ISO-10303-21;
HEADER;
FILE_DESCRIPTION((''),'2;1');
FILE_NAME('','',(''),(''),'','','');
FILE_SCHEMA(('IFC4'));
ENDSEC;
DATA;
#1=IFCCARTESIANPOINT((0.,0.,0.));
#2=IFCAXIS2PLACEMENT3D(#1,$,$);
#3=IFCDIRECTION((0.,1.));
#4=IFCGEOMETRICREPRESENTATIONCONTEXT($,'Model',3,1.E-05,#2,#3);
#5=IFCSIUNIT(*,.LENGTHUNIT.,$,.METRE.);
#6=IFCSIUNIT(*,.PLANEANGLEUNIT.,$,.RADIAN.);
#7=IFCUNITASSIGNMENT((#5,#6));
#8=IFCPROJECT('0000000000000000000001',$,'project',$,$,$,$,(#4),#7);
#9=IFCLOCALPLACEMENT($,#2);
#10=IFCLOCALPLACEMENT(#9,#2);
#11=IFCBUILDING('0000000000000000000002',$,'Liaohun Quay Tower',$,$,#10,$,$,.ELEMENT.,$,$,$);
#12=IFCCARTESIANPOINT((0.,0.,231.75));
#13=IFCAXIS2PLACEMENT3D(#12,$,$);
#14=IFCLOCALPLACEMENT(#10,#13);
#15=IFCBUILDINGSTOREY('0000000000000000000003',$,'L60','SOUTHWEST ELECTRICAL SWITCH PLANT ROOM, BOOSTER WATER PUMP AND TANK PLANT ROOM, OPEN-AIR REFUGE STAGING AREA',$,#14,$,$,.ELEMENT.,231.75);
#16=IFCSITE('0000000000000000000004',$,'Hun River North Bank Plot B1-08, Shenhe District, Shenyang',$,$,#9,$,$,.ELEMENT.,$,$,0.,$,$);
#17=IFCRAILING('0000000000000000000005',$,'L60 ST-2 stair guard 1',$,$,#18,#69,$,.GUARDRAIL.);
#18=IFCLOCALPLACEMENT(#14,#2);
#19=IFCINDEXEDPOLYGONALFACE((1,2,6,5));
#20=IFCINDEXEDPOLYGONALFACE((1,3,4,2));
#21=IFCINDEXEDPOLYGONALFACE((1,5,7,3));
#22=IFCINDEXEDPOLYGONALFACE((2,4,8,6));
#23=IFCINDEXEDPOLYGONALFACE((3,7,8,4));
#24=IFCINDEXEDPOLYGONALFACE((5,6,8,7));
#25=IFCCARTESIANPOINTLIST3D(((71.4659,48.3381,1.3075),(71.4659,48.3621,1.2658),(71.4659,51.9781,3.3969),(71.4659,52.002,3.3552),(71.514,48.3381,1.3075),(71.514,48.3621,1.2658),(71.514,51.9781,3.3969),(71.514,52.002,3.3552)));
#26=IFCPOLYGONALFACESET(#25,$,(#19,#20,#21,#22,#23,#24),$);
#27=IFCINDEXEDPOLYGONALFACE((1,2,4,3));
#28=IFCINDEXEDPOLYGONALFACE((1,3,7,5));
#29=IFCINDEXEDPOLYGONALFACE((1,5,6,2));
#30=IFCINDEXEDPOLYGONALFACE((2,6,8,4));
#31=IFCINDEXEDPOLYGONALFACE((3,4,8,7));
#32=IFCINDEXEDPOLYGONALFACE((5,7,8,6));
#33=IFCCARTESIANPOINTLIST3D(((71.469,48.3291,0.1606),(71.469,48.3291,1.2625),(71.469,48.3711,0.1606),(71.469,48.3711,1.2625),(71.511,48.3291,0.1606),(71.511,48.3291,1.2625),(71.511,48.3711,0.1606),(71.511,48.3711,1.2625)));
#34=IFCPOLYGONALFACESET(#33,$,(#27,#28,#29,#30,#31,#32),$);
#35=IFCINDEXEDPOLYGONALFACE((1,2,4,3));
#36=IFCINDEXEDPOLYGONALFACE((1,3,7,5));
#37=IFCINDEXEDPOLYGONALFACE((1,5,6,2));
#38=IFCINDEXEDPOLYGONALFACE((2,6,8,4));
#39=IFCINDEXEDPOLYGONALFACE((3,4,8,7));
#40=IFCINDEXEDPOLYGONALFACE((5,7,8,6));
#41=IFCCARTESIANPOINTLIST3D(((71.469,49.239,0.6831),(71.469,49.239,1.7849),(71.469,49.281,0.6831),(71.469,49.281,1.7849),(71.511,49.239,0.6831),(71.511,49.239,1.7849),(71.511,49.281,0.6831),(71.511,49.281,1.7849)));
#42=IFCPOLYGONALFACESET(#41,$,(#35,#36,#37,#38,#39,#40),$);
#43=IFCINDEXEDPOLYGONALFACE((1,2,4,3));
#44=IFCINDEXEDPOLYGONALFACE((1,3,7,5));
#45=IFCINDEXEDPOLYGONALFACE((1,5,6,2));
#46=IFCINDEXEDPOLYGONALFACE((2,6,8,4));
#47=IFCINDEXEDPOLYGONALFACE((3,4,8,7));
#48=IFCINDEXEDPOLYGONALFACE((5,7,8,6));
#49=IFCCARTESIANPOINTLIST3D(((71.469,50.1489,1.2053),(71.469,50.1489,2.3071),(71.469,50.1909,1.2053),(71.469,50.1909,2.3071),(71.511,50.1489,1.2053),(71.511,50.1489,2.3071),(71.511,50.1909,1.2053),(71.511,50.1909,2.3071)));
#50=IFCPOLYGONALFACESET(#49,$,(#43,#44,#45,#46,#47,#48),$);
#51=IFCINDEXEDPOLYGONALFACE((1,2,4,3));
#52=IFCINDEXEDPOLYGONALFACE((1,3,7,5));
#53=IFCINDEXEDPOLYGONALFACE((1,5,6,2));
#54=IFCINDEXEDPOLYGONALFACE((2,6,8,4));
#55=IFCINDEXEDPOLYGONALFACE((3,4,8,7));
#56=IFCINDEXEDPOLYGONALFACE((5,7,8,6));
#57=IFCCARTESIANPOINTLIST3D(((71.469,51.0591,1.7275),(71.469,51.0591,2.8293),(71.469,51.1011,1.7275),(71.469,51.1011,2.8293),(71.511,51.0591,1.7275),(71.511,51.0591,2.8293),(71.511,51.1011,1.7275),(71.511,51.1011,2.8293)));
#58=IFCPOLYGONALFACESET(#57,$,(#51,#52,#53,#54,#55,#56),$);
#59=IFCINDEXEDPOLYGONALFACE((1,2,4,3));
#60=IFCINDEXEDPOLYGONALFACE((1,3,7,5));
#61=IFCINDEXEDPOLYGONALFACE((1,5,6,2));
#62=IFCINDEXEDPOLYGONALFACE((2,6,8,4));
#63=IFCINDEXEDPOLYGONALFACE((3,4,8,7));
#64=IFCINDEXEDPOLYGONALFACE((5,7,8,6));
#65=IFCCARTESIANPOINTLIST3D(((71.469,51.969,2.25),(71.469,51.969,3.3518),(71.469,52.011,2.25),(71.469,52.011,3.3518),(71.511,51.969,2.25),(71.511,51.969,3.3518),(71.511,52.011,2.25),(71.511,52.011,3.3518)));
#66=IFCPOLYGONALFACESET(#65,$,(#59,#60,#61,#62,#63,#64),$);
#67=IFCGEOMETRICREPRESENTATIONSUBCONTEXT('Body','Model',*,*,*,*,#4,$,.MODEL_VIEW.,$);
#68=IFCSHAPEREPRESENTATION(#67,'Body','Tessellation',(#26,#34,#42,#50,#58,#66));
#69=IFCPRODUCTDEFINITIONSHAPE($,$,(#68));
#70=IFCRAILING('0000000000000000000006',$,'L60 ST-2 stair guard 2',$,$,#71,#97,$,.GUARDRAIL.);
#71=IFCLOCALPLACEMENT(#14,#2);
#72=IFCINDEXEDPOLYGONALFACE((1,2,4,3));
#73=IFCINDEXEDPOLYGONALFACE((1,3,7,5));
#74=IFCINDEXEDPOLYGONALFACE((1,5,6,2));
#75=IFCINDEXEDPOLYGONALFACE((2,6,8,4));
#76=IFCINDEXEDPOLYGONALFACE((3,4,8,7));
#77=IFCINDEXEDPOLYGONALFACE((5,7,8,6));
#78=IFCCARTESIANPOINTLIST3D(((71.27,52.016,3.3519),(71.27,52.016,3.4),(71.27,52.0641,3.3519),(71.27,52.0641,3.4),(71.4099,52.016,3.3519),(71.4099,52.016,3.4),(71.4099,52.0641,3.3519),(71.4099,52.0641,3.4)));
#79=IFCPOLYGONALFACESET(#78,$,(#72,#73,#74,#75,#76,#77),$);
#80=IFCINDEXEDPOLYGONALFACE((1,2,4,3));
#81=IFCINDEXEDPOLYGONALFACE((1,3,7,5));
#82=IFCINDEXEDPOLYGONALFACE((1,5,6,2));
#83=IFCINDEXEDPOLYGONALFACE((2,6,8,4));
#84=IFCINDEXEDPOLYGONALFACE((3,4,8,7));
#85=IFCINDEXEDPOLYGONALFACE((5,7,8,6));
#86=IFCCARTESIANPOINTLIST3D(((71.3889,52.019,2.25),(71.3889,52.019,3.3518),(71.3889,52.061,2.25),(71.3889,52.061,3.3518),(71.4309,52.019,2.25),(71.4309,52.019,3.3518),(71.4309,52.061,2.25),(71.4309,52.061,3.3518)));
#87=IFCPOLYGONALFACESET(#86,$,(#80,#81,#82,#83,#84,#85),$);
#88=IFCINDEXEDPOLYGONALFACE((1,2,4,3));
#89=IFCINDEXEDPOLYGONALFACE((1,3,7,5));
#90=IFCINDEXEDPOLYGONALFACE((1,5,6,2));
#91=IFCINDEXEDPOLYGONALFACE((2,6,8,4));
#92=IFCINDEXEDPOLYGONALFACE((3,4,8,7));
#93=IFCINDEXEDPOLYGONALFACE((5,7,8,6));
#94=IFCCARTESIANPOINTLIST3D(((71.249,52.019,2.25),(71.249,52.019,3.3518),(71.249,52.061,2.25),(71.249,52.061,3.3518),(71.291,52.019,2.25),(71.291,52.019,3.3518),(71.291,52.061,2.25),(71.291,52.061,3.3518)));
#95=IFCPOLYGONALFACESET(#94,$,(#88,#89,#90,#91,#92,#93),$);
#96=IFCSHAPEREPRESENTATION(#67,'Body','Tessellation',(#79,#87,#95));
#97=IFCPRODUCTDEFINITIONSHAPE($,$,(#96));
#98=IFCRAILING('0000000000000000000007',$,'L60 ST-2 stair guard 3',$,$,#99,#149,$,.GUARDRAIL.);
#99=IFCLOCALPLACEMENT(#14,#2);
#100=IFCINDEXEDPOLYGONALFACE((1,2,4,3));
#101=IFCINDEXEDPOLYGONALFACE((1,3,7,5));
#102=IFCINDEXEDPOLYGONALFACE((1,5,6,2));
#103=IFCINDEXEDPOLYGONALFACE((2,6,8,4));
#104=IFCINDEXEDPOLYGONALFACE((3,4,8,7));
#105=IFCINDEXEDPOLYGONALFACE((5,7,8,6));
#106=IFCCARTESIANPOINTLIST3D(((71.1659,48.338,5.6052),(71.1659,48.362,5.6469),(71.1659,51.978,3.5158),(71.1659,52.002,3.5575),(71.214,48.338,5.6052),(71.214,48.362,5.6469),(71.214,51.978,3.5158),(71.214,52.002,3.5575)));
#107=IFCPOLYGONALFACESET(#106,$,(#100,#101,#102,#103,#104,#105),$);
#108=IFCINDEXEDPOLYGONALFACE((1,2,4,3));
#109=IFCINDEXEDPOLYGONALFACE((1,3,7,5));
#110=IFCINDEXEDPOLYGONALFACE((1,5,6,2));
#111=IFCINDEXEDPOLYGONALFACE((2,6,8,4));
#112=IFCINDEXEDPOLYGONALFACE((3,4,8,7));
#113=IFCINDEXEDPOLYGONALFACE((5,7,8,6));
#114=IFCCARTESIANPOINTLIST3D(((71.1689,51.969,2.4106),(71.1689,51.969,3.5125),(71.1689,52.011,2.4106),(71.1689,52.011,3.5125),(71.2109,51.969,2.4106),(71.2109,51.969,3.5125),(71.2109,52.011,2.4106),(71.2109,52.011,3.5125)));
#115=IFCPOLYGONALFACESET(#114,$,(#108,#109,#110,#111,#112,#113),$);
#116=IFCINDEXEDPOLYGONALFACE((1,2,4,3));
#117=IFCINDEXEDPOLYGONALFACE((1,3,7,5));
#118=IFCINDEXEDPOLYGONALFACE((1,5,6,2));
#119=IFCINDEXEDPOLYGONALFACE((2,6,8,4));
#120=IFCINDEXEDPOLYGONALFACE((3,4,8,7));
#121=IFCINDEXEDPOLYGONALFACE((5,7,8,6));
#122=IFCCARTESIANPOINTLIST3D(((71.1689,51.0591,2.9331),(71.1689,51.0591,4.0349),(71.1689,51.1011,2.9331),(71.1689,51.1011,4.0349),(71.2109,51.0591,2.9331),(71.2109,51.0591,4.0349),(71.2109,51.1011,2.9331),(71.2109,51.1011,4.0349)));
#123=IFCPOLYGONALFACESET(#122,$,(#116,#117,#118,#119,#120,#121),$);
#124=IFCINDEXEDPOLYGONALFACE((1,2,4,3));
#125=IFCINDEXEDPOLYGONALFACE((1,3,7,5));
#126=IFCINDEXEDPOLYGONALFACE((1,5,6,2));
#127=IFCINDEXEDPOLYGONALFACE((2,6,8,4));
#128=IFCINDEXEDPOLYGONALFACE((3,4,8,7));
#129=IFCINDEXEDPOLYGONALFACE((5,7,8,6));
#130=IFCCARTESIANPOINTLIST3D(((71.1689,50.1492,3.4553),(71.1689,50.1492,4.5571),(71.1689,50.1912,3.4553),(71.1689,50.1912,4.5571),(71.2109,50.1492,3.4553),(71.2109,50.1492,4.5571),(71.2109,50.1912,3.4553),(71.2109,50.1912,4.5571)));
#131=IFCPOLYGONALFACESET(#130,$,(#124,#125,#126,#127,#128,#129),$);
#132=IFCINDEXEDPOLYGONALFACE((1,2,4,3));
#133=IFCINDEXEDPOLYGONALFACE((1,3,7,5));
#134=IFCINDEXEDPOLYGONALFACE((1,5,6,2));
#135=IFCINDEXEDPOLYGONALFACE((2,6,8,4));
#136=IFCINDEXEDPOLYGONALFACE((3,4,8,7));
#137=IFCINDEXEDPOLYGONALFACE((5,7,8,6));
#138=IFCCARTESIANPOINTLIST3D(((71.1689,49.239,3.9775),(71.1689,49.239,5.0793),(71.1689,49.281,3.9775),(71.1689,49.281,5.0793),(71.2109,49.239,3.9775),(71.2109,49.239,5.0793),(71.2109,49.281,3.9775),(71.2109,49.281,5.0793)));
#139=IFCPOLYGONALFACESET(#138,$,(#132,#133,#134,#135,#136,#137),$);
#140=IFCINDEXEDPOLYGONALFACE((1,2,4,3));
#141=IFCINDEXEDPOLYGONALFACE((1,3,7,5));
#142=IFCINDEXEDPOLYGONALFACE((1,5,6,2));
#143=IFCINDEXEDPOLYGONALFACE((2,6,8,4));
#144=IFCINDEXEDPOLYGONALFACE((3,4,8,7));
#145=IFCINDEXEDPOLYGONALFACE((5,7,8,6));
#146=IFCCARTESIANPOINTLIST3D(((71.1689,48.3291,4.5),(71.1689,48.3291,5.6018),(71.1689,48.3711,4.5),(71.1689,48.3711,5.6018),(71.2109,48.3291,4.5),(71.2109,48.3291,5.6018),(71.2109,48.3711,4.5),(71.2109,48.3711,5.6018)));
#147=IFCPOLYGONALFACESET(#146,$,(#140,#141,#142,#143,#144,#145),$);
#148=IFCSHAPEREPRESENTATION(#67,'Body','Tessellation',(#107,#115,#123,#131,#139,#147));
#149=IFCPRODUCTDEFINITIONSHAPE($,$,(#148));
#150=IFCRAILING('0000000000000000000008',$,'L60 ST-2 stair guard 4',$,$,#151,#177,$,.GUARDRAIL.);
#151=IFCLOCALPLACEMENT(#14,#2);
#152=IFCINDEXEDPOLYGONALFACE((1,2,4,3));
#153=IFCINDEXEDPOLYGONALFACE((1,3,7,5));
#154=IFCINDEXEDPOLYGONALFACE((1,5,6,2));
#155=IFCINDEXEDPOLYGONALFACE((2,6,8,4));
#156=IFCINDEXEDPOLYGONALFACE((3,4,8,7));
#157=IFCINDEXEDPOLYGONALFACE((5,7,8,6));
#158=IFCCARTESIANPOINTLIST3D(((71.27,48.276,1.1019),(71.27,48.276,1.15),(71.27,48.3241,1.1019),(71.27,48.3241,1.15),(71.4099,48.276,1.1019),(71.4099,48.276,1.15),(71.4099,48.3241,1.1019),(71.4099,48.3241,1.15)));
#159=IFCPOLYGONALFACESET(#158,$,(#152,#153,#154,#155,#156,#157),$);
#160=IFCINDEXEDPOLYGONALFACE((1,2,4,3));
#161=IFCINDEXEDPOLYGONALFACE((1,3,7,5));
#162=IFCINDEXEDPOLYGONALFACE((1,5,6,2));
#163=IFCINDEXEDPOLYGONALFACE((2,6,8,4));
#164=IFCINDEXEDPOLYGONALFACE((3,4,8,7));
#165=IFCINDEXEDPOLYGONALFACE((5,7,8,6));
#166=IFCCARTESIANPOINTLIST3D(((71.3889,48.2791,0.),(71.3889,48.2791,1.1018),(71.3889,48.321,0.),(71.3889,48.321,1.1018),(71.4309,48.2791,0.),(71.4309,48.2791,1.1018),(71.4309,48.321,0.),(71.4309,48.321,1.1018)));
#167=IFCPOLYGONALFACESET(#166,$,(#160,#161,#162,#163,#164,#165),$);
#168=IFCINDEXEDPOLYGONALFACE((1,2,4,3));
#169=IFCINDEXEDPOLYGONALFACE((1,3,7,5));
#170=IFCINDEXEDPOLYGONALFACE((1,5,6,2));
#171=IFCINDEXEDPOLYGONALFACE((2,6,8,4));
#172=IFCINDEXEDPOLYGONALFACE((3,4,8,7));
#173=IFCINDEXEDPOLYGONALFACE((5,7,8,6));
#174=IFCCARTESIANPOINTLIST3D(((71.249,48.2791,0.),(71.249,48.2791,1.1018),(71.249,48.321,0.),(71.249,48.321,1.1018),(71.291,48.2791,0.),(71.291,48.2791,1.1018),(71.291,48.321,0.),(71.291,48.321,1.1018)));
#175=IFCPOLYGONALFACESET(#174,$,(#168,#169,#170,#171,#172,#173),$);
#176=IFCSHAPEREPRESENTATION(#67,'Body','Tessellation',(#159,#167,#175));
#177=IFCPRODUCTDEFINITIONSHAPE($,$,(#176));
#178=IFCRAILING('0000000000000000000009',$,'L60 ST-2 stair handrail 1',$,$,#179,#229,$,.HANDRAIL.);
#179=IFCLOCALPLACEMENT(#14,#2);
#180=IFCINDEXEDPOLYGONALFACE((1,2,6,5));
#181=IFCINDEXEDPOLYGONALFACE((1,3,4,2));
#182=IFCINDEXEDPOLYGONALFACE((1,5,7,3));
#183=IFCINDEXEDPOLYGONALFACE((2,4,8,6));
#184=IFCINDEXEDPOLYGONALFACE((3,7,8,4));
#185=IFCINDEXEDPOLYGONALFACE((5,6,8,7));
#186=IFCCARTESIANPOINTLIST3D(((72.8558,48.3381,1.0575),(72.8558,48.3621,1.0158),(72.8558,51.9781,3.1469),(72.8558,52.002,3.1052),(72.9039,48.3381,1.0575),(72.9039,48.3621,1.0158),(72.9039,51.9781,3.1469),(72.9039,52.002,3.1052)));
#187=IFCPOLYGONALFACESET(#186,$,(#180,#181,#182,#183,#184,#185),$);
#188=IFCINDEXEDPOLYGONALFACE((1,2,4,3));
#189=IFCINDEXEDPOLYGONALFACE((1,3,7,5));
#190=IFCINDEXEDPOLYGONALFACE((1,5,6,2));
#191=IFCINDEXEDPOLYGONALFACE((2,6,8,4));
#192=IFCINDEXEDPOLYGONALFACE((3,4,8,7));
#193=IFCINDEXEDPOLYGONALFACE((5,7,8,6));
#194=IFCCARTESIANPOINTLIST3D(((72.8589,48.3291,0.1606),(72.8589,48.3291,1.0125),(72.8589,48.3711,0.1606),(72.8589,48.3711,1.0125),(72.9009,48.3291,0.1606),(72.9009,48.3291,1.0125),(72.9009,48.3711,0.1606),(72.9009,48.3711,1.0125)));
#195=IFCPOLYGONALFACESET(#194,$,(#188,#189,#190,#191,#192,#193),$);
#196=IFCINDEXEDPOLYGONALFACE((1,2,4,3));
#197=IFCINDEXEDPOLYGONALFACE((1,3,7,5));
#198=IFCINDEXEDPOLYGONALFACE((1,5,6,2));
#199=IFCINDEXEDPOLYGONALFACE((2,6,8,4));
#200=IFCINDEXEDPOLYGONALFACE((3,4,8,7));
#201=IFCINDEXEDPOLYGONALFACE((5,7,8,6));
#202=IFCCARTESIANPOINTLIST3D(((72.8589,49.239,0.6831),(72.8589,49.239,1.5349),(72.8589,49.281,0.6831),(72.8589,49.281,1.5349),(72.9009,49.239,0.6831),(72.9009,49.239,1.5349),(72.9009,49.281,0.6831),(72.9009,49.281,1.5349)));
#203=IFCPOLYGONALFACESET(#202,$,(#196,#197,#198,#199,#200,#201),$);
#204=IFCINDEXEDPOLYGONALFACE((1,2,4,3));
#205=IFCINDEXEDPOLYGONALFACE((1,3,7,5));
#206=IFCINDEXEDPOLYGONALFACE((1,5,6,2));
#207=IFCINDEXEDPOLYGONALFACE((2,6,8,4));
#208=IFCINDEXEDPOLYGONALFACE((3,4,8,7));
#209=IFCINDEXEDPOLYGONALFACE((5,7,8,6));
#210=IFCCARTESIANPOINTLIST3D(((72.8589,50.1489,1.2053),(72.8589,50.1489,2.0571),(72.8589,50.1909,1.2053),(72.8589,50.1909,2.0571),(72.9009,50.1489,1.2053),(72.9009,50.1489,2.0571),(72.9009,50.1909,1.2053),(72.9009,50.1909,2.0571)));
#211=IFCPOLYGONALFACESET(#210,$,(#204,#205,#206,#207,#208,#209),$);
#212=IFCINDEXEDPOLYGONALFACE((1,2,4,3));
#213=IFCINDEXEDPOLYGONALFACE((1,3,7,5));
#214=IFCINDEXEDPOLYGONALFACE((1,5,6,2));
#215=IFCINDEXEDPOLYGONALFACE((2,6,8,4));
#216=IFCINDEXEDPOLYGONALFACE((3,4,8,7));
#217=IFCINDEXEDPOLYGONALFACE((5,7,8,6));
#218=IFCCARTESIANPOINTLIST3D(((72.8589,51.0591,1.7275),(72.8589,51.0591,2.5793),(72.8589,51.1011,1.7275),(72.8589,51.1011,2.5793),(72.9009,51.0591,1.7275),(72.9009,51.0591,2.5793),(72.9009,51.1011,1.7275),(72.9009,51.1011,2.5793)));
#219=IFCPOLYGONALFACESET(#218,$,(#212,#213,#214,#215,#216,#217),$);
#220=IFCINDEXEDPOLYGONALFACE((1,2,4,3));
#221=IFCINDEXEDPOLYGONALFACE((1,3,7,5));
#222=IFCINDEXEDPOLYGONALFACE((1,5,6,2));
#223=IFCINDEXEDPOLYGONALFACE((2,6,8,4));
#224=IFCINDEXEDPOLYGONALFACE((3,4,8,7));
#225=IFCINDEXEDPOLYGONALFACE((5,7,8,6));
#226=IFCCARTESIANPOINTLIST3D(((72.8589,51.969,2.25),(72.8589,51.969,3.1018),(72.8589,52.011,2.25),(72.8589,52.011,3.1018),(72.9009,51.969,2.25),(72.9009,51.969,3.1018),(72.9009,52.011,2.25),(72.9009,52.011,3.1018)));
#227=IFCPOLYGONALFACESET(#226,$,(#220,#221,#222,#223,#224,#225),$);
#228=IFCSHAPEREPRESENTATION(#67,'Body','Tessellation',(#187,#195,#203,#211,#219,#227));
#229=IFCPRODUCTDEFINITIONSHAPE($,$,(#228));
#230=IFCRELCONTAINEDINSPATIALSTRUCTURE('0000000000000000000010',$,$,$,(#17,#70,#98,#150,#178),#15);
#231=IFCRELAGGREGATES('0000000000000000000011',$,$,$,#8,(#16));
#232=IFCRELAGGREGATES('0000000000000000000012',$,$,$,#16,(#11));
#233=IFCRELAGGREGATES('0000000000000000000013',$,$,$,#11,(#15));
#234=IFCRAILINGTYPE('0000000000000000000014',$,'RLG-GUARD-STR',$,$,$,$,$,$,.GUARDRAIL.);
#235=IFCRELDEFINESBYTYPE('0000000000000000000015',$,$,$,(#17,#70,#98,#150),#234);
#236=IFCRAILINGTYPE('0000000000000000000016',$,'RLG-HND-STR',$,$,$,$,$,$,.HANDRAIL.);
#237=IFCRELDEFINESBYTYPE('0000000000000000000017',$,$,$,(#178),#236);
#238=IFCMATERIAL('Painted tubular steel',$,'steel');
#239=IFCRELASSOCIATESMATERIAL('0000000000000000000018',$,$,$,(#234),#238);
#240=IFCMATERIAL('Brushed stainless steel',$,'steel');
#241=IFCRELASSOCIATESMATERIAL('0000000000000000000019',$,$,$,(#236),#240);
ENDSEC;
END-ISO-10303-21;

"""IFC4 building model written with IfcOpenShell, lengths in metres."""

from ifc_helpers import new_model, si_unit, direction, frame, origin, origin_2d, place, context, subcontext, project, spatial, rectangle, extrude, material, type_object, element, save


model = new_model("IFC4")

# Units and contexts
model_context = context("Model", 3, precision=1e-05, world=origin(), true_north=direction((0.0, 1.0)))
body_context = subcontext(model_context, "Body", "Model", "MODEL_VIEW")
ifc_project = project(units=[si_unit("LENGTHUNIT", "METRE"), si_unit("PLANEANGLEUNIT", "RADIAN")], contexts=[model_context])

# Site, building, storey
site_placement = place(None, origin())
site = spatial("IfcSite", under=ifc_project, at=site_placement, Name="Hun River North Bank Plot B1-08, Shenhe District, Shenyang", CompositionType="ELEMENT", RefElevation=0.0)
building_placement = place(site_placement, origin())
building = spatial("IfcBuilding", under=site, at=building_placement, Name="Liaohun Quay Tower", CompositionType="ELEMENT")
storey_placement = place(building_placement, frame((0.0, 0.0, 231.75)))
storey = spatial("IfcBuildingStorey", under=building, at=storey_placement, Name="L60", Description="SOUTHWEST ELECTRICAL SWITCH PLANT ROOM, BOOSTER WATER PUMP AND TANK PLANT ROOM, OPEN-AIR REFUGE STAGING AREA", CompositionType="ELEMENT", Elevation=231.75)

# Railings
ifc_material_1 = material(Name="Painted tubular steel", Category="steel")
railing_type_1 = type_object("IfcRailingType", Name="RLG-GUARD-STR", PredefinedType="GUARDRAIL", material=ifc_material_1)
railing_1_placement = place(storey_placement, frame((71.49, 48.3501, 0.1606)))
element("IfcRailing", 1, at=railing_1_placement, inside=storey, type_object=railing_type_1, Name="L60 ST-2 stair guard 1", PredefinedType="GUARDRAIL", context=body_context, shape_type="SweptSolid", body=[
    extrude(rectangle(XDim=0.0481, YDim=0.0481, at=origin_2d()), frame((0.0, 0.0, 1.126), z_axis=(0.0, 0.867275, 0.497829), x_axis=(-1.0, 0.0, 0.0)), (0.0, 0.0, 1.0), 4.197),
    extrude(rectangle(XDim=0.042, YDim=0.042, at=origin_2d()), origin(), (0.0, 0.0, 1.0), 1.1018),
    extrude(rectangle(XDim=0.042, YDim=0.042, at=origin_2d()), frame((0.0, 0.9099, 0.5225)), (0.0, 0.0, 1.0), 1.1018),
    extrude(rectangle(XDim=0.042, YDim=0.042, at=origin_2d()), frame((0.0, 1.8198, 1.0447)), (0.0, 0.0, 1.0), 1.1018),
    extrude(rectangle(XDim=0.042, YDim=0.042, at=origin_2d()), frame((0.0, 2.73, 1.5669)), (0.0, 0.0, 1.0), 1.1018),
    extrude(rectangle(XDim=0.042, YDim=0.042, at=origin_2d()), frame((0.0, 3.6399, 2.0894)), (0.0, 0.0, 1.0), 1.1018),
])
railing_2_placement = place(storey_placement, frame((71.4099, 52.04, 2.25)))
element("IfcRailing", 2, at=railing_2_placement, inside=storey, type_object=railing_type_1, Name="L60 ST-2 stair guard 2", PredefinedType="GUARDRAIL", context=body_context, shape_type="SweptSolid", body=[
    extrude(rectangle(XDim=0.0481, YDim=0.0481, at=origin_2d()), frame((0.0, 0.0, 1.126), z_axis=(-1.0, 0.0, 0.0), x_axis=(0.0, -1.0, 0.0)), (0.0, 0.0, 1.0), 0.1399),
    extrude(rectangle(XDim=0.042, YDim=0.042, at=origin_2d()), origin(), (0.0, 0.0, 1.0), 1.1018),
    extrude(rectangle(XDim=0.042, YDim=0.042, at=origin_2d()), frame((-0.1399, 0.0, 0.0)), (0.0, 0.0, 1.0), 1.1018),
])
railing_3_placement = place(storey_placement, frame((71.1899, 51.99, 2.4106)))
element("IfcRailing", 3, at=railing_3_placement, inside=storey, type_object=railing_type_1, Name="L60 ST-2 stair guard 3", PredefinedType="GUARDRAIL", context=body_context, shape_type="SweptSolid", body=[
    extrude(rectangle(XDim=0.0481, YDim=0.0481, at=origin_2d()), frame((0.0, 0.0, 1.126), z_axis=(0.0, -0.867275, 0.497829), x_axis=(1.0, 0.0, 0.0)), (0.0, 0.0, 1.0), 4.197),
    extrude(rectangle(XDim=0.042, YDim=0.042, at=origin_2d()), origin(), (0.0, 0.0, 1.0), 1.1018),
    extrude(rectangle(XDim=0.042, YDim=0.042, at=origin_2d()), frame((0.0, -0.9099, 0.5225)), (0.0, 0.0, 1.0), 1.1018),
    extrude(rectangle(XDim=0.042, YDim=0.042, at=origin_2d()), frame((0.0, -1.8198, 1.0447)), (0.0, 0.0, 1.0), 1.1018),
    extrude(rectangle(XDim=0.042, YDim=0.042, at=origin_2d()), frame((0.0, -2.73, 1.5669)), (0.0, 0.0, 1.0), 1.1018),
    extrude(rectangle(XDim=0.042, YDim=0.042, at=origin_2d()), frame((0.0, -3.6399, 2.0894)), (0.0, 0.0, 1.0), 1.1018),
])
railing_4_placement = place(storey_placement, frame((71.4099, 48.3, 0.0)))
element("IfcRailing", 4, at=railing_4_placement, inside=storey, type_object=railing_type_1, Name="L60 ST-2 stair guard 4", PredefinedType="GUARDRAIL", context=body_context, shape_type="SweptSolid", body=[
    extrude(rectangle(XDim=0.0481, YDim=0.0481, at=origin_2d()), frame((0.0, 0.0, 1.126), z_axis=(-1.0, 0.0, 0.0), x_axis=(0.0, -1.0, 0.0)), (0.0, 0.0, 1.0), 0.1399),
    extrude(rectangle(XDim=0.042, YDim=0.042, at=origin_2d()), origin(), (0.0, 0.0, 1.0), 1.1018),
    extrude(rectangle(XDim=0.042, YDim=0.042, at=origin_2d()), frame((-0.1399, 0.0, 0.0)), (0.0, 0.0, 1.0), 1.1018),
])
ifc_material_2 = material(Name="Brushed stainless steel", Category="steel")
railing_type_2 = type_object("IfcRailingType", Name="RLG-HND-STR", PredefinedType="HANDRAIL", material=ifc_material_2)
railing_5_placement = place(storey_placement, frame((72.8799, 48.3501, 0.1606)))
element("IfcRailing", 5, at=railing_5_placement, inside=storey, type_object=railing_type_2, Name="L60 ST-2 stair handrail 1", PredefinedType="HANDRAIL", context=body_context, shape_type="SweptSolid", body=[
    extrude(rectangle(XDim=0.0481, YDim=0.0481, at=origin_2d()), frame((0.0, 0.0, 0.876), z_axis=(0.0, 0.867275, 0.497829), x_axis=(-1.0, 0.0, 0.0)), (0.0, 0.0, 1.0), 4.197),
    extrude(rectangle(XDim=0.042, YDim=0.042, at=origin_2d()), origin(), (0.0, 0.0, 1.0), 0.8518),
    extrude(rectangle(XDim=0.042, YDim=0.042, at=origin_2d()), frame((0.0, 0.9099, 0.5225)), (0.0, 0.0, 1.0), 0.8518),
    extrude(rectangle(XDim=0.042, YDim=0.042, at=origin_2d()), frame((0.0, 1.8198, 1.0447)), (0.0, 0.0, 1.0), 0.8518),
    extrude(rectangle(XDim=0.042, YDim=0.042, at=origin_2d()), frame((0.0, 2.73, 1.5669)), (0.0, 0.0, 1.0), 0.8518),
    extrude(rectangle(XDim=0.042, YDim=0.042, at=origin_2d()), frame((0.0, 3.6399, 2.0894)), (0.0, 0.0, 1.0), 0.8518),
])

save(model, "model.ifc")
